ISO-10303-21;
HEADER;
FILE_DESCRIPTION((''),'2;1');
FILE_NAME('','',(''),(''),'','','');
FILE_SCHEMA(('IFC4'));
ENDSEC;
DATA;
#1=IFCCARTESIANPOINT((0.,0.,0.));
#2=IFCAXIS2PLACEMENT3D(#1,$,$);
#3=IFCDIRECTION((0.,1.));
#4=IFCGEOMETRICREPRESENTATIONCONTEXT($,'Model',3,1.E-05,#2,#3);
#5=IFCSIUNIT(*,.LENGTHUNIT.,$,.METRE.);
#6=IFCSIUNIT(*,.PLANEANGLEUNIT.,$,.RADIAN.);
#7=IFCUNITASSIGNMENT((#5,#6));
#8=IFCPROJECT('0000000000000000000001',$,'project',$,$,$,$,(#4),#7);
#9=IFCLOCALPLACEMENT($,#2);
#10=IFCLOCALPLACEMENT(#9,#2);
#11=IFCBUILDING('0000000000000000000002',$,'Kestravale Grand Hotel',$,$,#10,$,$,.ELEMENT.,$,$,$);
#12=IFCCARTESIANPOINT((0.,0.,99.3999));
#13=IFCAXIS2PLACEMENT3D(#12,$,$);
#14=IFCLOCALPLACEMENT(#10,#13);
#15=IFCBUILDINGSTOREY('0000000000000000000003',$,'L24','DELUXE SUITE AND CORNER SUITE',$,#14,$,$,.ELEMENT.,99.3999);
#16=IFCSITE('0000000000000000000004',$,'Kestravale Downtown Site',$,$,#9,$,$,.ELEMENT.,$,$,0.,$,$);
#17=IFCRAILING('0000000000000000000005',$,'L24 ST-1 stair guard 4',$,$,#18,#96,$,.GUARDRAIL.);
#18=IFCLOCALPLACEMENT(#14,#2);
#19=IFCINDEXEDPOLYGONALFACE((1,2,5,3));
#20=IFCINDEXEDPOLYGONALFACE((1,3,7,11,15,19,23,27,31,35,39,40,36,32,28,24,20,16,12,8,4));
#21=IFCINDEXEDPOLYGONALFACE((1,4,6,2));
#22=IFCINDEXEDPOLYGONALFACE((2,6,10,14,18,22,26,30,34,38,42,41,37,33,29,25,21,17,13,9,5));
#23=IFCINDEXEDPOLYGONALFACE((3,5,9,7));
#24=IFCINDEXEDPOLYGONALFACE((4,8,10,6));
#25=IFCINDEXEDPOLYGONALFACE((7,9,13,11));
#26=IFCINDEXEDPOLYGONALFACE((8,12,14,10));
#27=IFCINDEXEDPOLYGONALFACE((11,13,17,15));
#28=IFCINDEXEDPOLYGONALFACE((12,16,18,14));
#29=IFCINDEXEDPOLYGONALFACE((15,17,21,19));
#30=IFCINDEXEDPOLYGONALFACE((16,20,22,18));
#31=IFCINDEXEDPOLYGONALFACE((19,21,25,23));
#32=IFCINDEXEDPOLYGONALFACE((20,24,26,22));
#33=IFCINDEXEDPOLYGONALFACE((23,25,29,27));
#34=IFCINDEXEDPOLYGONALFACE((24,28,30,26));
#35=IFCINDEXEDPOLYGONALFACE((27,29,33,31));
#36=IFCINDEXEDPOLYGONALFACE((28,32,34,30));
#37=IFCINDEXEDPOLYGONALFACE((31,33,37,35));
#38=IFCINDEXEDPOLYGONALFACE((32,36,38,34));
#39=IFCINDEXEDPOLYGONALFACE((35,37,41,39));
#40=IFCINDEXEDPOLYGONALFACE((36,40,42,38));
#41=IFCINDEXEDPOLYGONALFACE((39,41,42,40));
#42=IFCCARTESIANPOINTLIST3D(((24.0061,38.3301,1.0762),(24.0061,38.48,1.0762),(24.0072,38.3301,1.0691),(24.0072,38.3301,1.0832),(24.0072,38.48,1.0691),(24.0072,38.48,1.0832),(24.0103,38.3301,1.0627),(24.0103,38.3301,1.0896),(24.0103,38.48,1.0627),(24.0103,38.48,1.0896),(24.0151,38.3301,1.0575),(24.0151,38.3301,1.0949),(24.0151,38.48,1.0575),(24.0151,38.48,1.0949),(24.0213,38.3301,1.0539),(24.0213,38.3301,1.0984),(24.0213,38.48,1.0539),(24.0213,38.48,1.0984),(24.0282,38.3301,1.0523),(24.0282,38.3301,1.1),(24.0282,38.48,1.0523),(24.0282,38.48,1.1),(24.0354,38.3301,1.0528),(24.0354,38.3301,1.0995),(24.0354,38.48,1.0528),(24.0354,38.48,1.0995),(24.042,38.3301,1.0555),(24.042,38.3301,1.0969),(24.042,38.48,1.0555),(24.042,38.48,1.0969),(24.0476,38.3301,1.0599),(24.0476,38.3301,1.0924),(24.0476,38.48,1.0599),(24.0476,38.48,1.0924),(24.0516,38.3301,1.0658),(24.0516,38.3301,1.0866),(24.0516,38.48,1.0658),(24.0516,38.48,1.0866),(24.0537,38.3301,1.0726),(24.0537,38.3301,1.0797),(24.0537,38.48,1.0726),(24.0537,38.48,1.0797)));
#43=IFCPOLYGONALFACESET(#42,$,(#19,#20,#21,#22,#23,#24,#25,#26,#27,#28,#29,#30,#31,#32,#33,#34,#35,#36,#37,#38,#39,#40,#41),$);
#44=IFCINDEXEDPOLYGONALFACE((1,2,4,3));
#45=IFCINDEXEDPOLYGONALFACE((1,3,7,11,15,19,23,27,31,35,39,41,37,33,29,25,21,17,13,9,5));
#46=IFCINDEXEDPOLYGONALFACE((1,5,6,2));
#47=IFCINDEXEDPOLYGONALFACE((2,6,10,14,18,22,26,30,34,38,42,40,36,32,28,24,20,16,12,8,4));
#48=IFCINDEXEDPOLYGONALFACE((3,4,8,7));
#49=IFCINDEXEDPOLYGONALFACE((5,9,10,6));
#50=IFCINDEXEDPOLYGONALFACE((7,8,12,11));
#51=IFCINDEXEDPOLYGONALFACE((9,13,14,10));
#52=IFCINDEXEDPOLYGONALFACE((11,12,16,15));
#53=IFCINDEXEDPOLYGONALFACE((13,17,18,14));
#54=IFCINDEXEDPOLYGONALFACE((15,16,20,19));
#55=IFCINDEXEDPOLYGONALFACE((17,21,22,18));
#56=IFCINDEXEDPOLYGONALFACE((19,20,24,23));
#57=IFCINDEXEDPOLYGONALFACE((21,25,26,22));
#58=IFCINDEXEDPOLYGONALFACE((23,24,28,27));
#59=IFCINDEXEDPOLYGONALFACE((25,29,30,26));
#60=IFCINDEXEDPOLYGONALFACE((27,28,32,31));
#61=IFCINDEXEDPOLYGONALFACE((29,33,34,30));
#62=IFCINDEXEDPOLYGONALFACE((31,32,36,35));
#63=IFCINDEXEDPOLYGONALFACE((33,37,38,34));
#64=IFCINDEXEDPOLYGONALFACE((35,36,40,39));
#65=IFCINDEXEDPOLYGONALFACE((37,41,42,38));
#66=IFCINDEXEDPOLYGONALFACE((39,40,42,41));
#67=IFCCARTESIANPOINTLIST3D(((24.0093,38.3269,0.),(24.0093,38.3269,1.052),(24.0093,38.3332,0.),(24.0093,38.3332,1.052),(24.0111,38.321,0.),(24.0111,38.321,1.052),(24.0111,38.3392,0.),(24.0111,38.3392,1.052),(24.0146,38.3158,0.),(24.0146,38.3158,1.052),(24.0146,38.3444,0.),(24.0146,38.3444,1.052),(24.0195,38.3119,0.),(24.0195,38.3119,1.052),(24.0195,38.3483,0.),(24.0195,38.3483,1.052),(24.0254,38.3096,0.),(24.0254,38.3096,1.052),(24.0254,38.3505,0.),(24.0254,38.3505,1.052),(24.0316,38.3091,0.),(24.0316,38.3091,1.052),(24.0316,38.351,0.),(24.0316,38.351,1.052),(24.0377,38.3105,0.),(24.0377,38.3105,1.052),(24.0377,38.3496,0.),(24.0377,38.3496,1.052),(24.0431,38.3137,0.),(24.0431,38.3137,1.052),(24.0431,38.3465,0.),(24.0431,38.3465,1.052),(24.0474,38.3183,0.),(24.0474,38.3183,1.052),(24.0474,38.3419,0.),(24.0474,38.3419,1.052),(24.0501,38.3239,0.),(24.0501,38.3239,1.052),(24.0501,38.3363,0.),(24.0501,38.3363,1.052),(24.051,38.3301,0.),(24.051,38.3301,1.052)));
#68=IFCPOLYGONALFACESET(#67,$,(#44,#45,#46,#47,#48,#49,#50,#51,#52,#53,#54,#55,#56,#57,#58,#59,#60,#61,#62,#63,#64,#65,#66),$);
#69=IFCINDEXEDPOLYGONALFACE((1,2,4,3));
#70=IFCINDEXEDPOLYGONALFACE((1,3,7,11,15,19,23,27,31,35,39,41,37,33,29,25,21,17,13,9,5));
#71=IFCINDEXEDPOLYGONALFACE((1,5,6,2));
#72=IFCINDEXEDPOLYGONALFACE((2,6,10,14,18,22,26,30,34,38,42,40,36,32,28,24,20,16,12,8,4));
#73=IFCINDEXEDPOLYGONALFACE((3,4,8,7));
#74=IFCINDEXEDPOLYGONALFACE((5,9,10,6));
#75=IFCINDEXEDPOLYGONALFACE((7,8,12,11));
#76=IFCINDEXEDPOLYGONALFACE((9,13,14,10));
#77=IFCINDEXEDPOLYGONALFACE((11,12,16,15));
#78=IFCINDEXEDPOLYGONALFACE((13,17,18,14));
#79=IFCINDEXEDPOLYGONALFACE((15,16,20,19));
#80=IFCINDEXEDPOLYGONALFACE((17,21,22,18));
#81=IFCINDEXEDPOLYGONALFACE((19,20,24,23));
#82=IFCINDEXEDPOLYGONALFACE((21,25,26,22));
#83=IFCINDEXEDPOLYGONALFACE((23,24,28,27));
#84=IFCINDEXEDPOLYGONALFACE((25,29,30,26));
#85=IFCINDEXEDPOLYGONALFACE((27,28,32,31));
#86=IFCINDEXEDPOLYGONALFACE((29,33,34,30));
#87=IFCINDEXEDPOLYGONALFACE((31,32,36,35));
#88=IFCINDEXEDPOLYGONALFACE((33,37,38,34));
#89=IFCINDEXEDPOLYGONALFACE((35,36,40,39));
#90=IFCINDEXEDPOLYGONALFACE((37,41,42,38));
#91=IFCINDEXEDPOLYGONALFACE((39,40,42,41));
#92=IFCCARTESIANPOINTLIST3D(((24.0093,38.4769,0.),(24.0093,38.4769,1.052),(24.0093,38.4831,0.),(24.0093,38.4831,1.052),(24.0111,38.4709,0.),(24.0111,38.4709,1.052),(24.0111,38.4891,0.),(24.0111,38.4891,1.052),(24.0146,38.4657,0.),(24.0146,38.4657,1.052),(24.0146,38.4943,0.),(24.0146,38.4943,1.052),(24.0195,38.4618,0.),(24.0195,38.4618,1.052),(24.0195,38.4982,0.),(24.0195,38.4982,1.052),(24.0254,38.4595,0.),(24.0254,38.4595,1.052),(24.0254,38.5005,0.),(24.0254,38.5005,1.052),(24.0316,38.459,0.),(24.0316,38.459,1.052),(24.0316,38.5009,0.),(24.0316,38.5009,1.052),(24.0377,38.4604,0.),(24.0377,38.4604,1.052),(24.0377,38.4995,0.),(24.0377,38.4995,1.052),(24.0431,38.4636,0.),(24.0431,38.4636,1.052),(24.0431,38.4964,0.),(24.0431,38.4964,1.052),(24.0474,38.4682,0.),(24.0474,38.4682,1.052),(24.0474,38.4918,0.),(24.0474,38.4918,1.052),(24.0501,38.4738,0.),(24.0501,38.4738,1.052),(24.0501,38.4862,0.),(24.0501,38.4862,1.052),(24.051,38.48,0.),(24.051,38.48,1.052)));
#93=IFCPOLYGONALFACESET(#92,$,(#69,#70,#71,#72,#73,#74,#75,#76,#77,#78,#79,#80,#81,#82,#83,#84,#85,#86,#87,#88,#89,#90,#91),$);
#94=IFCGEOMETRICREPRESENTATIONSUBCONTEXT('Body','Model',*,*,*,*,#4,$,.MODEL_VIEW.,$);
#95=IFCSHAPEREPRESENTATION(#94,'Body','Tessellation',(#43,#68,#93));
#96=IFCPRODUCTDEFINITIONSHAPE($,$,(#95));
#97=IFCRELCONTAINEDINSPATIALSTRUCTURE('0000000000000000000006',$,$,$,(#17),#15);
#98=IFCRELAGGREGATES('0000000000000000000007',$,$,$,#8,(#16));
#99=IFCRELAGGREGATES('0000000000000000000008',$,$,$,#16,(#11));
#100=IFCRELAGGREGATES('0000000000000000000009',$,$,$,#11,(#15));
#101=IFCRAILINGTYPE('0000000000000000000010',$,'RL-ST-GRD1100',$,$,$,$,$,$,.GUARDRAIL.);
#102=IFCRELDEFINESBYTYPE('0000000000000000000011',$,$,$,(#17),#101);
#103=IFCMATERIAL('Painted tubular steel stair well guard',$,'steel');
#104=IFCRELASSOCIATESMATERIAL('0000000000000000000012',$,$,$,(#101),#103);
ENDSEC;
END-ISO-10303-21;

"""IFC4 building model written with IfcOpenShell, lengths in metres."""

from ifc_helpers import new_model, si_unit, direction, frame, origin, origin_2d, place, context, subcontext, project, spatial, circle, extrude, material, type_object, element, save


model = new_model("IFC4")

# Units and contexts
model_context = context("Model", 3, precision=1e-05, world=origin(), true_north=direction((0.0, 1.0)))
body_context = subcontext(model_context, "Body", "Model", "MODEL_VIEW")
ifc_project = project(units=[si_unit("LENGTHUNIT", "METRE"), si_unit("PLANEANGLEUNIT", "RADIAN")], contexts=[model_context])

# Site, building, storey
site_placement = place(None, origin())
site = spatial("IfcSite", under=ifc_project, at=site_placement, Name="Kestravale Downtown Site", CompositionType="ELEMENT", RefElevation=0.0)
building_placement = place(site_placement, origin())
building = spatial("IfcBuilding", under=site, at=building_placement, Name="Kestravale Grand Hotel", CompositionType="ELEMENT")
storey_placement = place(building_placement, frame((0.0, 0.0, 99.3999)))
storey = spatial("IfcBuildingStorey", under=building, at=storey_placement, Name="L24", Description="DELUXE SUITE AND CORNER SUITE", CompositionType="ELEMENT", Elevation=99.3999)

# Railing
ifc_material_1 = material(Name="Painted tubular steel stair well guard", Category="steel")
railing_type_1 = type_object("IfcRailingType", Name="RL-ST-GRD1100", PredefinedType="GUARDRAIL", material=ifc_material_1)
railing_1_placement = place(storey_placement, frame((24.03, 38.3301, 0.0)))
element("IfcRailing", 1, at=railing_1_placement, inside=storey, type_object=railing_type_1, Name="L24 ST-1 stair guard 4", PredefinedType="GUARDRAIL", context=body_context, shape_type="SweptSolid", body=[
    extrude(circle(Radius=0.0239, at=origin_2d()), frame((0.0, 0.0, 1.0762), z_axis=(0.0, 1.0, 0.0), x_axis=(-1.0, 0.0, 0.0)), (0.0, 0.0, 1.0), 0.1499),
    extrude(circle(Radius=0.021, at=origin_2d()), origin(), (0.0, 0.0, 1.0), 1.052),
    extrude(circle(Radius=0.021, at=origin_2d()), frame((0.0, 0.1499, 0.0)), (0.0, 0.0, 1.0), 1.052),
])

save(model, "model.ifc")
